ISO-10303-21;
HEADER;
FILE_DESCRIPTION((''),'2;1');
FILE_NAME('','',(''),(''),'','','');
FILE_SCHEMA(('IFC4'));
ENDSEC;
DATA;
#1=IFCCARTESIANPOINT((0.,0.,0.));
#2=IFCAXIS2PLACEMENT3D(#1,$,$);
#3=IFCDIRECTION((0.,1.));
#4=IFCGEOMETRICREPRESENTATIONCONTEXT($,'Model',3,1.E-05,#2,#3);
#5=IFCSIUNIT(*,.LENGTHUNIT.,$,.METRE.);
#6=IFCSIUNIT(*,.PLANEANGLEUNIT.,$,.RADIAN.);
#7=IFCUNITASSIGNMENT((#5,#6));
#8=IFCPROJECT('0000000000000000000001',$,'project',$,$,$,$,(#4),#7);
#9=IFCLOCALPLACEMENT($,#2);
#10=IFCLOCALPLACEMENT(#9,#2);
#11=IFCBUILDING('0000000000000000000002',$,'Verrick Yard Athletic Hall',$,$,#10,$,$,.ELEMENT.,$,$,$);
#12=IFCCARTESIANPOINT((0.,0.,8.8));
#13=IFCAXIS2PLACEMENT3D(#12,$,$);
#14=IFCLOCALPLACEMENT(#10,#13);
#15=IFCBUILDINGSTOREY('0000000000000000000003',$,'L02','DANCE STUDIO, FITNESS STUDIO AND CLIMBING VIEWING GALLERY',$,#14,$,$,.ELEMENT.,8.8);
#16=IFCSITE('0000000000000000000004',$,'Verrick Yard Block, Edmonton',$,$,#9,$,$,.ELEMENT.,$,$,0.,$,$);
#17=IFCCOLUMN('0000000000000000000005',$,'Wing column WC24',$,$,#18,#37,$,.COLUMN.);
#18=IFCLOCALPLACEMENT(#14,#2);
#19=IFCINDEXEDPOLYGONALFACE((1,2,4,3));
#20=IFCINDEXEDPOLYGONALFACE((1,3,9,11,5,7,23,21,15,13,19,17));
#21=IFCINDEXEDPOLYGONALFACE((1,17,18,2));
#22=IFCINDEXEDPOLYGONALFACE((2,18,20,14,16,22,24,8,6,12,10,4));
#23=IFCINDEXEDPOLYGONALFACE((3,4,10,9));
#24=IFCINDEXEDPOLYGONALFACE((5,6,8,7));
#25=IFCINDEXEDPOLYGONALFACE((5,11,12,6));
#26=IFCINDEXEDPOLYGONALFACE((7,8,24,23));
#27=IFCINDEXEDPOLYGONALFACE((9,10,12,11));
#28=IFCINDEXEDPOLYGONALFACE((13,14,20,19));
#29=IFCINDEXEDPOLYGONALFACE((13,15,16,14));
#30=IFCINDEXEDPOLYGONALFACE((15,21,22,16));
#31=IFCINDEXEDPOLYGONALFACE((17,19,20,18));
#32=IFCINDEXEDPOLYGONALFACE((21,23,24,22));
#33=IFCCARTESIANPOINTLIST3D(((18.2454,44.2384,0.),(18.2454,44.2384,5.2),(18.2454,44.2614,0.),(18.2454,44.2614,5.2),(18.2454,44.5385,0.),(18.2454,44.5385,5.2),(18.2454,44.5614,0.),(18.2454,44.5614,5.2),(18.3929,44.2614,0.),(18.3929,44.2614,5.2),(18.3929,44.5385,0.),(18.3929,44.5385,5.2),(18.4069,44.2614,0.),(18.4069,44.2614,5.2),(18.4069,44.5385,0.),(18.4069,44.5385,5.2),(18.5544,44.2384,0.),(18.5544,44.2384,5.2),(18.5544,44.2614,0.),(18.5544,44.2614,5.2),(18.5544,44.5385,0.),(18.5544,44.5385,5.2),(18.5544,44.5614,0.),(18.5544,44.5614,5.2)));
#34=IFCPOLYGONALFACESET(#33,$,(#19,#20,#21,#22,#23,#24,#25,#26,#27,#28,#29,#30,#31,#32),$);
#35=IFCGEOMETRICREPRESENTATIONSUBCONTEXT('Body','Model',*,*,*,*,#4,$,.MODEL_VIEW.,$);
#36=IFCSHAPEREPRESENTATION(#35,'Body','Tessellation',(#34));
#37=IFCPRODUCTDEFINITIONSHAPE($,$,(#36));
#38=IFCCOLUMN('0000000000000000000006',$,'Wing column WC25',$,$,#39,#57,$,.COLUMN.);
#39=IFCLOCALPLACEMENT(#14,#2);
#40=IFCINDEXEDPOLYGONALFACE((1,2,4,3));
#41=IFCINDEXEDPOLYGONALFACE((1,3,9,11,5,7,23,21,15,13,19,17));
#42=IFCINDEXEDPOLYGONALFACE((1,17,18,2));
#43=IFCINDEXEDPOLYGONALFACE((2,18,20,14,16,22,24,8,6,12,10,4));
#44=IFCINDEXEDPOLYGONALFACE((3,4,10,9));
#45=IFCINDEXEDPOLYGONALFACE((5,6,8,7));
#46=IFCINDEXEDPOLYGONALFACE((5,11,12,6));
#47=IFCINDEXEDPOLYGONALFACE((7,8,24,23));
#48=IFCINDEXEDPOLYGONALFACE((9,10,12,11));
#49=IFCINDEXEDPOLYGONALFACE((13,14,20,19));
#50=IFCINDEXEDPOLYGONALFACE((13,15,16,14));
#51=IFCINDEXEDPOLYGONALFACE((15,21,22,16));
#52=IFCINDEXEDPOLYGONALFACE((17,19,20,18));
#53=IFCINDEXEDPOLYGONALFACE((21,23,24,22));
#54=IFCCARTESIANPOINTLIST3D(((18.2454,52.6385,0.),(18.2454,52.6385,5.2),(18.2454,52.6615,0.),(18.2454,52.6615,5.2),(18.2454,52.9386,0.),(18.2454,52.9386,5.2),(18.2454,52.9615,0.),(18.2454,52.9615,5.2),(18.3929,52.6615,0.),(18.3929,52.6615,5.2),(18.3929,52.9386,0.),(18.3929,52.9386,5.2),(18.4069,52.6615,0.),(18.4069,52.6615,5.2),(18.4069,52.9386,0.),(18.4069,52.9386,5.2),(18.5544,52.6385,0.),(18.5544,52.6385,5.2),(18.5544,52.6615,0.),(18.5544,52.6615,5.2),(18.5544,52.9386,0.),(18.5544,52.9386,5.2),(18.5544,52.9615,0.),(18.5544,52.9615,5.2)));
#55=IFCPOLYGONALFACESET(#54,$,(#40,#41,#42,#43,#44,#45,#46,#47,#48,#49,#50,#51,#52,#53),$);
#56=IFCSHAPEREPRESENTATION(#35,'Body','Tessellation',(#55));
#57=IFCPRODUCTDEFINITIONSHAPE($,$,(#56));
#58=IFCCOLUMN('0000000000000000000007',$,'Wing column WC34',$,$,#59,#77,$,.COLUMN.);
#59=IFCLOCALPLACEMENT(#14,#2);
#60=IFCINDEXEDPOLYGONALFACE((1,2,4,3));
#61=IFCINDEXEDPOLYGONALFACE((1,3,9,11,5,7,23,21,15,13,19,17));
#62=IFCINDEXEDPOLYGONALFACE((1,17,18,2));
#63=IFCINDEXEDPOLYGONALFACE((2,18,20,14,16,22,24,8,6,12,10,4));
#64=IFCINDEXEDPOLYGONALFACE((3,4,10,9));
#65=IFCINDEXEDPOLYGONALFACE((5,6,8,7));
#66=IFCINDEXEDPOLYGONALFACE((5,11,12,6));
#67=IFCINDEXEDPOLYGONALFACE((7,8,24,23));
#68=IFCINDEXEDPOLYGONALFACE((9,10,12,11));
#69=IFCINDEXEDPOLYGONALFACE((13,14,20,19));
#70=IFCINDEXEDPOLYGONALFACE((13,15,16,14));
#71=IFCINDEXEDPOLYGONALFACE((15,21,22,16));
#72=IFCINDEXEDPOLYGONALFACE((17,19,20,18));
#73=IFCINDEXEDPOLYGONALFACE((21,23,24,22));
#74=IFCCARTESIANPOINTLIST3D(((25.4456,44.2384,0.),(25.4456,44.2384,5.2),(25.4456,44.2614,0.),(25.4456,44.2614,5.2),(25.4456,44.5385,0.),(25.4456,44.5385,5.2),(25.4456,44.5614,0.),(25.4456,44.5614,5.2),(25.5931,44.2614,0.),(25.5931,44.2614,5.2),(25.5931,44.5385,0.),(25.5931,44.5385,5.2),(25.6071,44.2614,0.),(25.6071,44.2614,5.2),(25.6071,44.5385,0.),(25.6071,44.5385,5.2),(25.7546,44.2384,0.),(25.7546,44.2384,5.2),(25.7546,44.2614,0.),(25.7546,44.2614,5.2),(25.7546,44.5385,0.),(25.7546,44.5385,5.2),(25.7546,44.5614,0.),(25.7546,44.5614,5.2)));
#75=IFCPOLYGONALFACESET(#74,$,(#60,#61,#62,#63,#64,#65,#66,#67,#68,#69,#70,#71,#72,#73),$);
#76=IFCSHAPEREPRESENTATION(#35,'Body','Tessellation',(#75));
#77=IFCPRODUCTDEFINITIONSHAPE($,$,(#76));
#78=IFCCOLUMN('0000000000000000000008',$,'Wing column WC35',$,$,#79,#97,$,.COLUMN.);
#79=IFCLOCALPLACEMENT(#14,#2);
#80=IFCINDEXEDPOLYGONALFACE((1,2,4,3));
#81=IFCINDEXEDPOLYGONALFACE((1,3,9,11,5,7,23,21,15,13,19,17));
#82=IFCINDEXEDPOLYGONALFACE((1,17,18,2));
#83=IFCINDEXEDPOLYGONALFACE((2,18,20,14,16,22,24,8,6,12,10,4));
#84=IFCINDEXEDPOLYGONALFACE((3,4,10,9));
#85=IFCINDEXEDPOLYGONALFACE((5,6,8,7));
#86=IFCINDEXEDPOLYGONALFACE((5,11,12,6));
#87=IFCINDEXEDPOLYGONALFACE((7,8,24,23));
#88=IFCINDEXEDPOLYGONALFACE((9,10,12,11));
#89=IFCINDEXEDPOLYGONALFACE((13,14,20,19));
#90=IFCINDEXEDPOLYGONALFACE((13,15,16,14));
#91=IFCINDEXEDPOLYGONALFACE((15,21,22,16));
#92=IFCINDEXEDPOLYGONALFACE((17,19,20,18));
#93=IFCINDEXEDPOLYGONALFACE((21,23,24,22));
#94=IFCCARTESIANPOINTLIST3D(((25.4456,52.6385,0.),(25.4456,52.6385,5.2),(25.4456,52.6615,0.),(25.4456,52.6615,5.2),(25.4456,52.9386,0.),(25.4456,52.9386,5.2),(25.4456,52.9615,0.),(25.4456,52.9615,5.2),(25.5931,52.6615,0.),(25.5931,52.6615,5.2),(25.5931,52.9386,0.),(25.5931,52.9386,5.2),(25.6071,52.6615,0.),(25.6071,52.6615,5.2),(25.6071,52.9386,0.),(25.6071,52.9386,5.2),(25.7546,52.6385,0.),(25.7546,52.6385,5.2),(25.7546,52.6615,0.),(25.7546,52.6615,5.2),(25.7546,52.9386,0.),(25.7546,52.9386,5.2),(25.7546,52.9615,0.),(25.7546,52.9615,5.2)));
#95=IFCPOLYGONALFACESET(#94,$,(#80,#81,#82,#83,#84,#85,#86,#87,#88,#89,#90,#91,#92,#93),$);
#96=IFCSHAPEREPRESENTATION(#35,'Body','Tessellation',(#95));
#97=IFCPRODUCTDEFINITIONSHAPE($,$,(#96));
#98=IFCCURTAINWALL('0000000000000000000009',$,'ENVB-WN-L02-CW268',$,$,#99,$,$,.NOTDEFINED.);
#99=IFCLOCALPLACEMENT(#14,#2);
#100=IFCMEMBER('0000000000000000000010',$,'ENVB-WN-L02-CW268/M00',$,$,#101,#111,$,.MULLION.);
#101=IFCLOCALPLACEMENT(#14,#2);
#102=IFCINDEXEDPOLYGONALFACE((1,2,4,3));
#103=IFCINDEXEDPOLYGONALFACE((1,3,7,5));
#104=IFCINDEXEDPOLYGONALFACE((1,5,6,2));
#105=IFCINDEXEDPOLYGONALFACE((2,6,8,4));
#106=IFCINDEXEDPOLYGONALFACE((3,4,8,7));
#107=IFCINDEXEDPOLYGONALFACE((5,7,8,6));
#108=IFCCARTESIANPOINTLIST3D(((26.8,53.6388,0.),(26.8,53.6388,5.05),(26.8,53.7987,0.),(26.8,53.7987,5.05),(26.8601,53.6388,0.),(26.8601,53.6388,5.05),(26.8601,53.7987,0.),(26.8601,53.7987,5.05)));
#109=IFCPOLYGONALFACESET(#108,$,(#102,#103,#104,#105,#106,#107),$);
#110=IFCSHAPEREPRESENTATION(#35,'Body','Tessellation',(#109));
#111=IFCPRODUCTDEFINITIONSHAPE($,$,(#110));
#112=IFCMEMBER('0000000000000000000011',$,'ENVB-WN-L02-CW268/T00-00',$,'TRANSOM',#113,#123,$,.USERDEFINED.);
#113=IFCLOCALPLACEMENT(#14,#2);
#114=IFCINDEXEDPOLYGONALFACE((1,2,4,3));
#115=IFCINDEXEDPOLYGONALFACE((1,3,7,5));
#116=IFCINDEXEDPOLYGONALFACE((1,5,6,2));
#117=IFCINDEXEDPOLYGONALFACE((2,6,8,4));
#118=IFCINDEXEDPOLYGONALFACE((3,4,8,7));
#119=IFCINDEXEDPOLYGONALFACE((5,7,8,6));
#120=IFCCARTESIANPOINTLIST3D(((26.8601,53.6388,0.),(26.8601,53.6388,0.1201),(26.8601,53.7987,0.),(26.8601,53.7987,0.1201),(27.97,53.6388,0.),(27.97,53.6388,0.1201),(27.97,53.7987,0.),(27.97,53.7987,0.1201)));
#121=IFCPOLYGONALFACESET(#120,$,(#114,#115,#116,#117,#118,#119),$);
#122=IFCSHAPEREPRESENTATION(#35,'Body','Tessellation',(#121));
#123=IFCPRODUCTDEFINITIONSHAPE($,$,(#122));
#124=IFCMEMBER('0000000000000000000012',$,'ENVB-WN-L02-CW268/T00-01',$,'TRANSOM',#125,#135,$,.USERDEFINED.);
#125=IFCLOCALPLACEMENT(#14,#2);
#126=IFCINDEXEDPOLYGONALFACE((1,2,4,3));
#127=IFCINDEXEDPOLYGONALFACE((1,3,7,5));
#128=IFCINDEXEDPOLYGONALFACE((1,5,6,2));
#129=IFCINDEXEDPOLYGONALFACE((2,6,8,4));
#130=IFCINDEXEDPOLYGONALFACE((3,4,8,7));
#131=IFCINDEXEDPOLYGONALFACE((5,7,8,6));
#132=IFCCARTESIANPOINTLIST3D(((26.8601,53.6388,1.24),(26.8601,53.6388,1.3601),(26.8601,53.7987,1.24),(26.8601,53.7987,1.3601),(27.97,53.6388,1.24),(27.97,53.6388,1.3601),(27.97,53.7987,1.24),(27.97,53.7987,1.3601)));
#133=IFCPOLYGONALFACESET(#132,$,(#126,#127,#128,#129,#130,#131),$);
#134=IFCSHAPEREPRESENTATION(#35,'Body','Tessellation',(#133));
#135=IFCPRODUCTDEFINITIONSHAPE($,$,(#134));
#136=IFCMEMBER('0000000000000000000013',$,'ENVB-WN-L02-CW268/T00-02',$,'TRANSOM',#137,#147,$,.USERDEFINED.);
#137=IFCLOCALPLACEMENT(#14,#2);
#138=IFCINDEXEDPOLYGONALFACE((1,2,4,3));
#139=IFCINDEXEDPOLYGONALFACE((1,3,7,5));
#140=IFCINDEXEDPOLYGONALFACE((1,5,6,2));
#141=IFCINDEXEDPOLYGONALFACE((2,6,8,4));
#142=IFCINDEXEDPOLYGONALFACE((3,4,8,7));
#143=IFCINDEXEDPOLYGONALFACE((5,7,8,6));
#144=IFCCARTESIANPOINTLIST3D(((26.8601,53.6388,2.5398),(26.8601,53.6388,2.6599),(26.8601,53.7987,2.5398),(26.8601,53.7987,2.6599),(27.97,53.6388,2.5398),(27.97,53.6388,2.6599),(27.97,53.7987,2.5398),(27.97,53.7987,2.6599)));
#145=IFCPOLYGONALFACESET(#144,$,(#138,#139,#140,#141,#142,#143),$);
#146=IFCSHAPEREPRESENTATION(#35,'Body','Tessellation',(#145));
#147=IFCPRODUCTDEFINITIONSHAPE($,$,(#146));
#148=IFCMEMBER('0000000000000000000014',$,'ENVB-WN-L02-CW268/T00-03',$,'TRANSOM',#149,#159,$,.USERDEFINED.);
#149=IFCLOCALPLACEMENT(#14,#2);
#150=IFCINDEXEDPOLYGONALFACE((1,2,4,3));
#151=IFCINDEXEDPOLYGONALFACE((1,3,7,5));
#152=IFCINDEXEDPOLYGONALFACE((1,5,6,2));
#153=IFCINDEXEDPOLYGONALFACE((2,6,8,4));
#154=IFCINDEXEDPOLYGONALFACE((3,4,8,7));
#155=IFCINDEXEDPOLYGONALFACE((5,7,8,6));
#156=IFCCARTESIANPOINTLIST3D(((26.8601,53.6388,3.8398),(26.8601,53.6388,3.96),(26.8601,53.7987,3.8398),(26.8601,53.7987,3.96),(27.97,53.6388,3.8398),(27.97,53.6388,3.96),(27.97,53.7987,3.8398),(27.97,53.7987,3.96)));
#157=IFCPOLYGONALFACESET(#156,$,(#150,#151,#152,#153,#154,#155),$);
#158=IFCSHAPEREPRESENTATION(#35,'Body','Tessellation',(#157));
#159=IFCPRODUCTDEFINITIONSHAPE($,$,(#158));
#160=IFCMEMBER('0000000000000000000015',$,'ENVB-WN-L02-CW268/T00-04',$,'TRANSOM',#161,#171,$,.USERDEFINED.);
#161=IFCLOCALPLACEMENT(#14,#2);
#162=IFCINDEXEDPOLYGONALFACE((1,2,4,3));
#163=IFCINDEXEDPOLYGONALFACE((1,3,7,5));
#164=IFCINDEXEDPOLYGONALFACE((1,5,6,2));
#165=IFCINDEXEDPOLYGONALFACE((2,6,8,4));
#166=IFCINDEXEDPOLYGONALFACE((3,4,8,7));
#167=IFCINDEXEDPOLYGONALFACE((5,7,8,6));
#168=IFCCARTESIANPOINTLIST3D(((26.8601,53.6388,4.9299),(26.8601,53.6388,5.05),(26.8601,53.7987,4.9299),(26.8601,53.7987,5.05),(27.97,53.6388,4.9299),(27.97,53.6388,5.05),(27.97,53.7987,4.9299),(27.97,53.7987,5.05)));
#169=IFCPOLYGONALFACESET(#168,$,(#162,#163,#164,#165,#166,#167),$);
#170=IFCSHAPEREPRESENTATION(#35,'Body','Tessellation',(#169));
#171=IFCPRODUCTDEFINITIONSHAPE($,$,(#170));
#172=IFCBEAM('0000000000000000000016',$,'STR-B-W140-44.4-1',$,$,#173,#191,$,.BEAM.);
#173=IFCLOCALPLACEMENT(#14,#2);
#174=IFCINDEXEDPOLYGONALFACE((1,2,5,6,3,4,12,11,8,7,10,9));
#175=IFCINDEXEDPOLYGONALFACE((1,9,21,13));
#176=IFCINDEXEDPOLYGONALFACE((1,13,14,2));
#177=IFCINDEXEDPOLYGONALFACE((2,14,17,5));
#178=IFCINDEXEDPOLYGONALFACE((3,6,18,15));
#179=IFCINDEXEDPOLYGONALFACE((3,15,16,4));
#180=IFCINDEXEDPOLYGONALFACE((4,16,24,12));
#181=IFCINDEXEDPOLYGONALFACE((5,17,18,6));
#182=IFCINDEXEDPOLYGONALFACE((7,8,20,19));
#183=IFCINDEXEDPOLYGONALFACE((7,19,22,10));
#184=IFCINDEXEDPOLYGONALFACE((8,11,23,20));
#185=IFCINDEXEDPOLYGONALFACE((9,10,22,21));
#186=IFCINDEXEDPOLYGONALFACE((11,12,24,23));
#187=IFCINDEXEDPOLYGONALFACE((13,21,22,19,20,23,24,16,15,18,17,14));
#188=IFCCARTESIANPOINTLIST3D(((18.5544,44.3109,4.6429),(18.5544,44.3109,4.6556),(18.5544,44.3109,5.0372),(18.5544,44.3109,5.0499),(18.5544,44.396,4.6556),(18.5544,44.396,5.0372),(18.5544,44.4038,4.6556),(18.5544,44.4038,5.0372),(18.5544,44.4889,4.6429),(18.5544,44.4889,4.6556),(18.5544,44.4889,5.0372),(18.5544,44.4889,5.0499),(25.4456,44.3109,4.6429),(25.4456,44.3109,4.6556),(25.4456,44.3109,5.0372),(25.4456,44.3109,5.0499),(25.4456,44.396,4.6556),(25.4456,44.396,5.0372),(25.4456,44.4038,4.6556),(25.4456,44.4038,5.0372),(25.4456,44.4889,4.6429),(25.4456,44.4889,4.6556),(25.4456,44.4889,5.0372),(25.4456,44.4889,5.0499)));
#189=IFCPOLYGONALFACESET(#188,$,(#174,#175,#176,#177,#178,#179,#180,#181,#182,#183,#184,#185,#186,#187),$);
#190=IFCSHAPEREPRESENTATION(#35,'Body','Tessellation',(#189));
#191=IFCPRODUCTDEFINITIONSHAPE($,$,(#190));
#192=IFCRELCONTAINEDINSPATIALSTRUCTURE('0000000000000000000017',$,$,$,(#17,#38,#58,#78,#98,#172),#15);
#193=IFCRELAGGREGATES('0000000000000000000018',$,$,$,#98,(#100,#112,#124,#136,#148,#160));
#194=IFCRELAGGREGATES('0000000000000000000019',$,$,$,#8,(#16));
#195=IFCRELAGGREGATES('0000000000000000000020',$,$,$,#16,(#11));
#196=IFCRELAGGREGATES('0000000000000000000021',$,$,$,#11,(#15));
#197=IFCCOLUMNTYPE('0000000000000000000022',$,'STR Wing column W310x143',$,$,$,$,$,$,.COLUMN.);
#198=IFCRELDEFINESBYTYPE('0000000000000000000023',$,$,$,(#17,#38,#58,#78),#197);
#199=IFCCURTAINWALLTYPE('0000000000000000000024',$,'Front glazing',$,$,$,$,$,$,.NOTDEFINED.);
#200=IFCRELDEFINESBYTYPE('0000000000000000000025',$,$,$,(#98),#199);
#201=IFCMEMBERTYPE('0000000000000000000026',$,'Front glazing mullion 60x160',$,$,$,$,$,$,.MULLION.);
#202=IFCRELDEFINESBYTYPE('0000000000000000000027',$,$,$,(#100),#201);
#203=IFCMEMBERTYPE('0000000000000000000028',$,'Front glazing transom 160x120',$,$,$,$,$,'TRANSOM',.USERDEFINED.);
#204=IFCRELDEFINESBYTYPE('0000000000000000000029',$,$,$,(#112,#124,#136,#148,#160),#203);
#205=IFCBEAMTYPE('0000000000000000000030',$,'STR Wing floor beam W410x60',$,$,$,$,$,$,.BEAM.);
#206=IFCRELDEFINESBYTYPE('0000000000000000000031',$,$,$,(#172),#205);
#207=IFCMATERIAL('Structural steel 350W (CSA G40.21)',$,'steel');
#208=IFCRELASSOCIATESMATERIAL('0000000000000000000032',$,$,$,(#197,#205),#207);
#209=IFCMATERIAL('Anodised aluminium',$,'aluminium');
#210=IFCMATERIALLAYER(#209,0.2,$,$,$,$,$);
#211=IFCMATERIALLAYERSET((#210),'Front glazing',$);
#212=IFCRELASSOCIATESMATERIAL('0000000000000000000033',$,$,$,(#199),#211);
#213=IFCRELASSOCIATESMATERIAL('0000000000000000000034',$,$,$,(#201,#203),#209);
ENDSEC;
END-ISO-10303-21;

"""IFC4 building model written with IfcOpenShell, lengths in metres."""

from ifc_helpers import new_model, si_unit, direction, frame, origin, origin_2d, place, context, subcontext, project, spatial, rectangle, i_section, extrude, material, layer, layer_set, material_profile, profile_set, type_object, element, aggregate, save


model = new_model("IFC4")

# Units and contexts
model_context = context("Model", 3, precision=1e-05, world=origin(), true_north=direction((0.0, 1.0)))
body_context = subcontext(model_context, "Body", "Model", "MODEL_VIEW")
ifc_project = project(units=[si_unit("LENGTHUNIT", "METRE"), si_unit("PLANEANGLEUNIT", "RADIAN")], contexts=[model_context])

# Site, building, storey
site_placement = place(None, origin())
site = spatial("IfcSite", under=ifc_project, at=site_placement, Name="Verrick Yard Block, Edmonton", CompositionType="ELEMENT", RefElevation=0.0)
building_placement = place(site_placement, origin())
building = spatial("IfcBuilding", under=site, at=building_placement, Name="Verrick Yard Athletic Hall", CompositionType="ELEMENT")
storey_placement = place(building_placement, frame((0.0, 0.0, 8.8)))
storey = spatial("IfcBuildingStorey", under=building, at=storey_placement, Name="L02", Description="DANCE STUDIO, FITNESS STUDIO AND CLIMBING VIEWING GALLERY", CompositionType="ELEMENT", Elevation=8.8)

# Columns
ifc_material_1 = material(Name="Structural steel 350W (CSA G40.21)", Category="steel")
ifc_material_profile_1 = material_profile(ifc_material_1, i_section(OverallWidth=0.3091, OverallDepth=0.323, WebThickness=0.0139, FlangeThickness=0.0229, at=origin_2d()), Name="W310x143")
ifc_profile_set_1 = profile_set([ifc_material_profile_1], Name="Structural steel 350W (CSA G40.21)")
column_type = type_object("IfcColumnType", Name="STR Wing column W310x143", PredefinedType="COLUMN", material=ifc_profile_set_1)
for number, where, z_axis, x_axis, name in (
    (1, (18.3999, 44.3999, 0.0), (0.0, 0.0, 1.0), (1.0, 0.0, 0.0), "Wing column WC24"),
    (2, (18.3999, 52.8, 0.0), (0.0, 0.0, 1.0), (1.0, 0.0, 0.0), "Wing column WC25"),
    (3, (25.6001, 44.3999, 0.0), (0.0, 0.0, 1.0), (1.0, 0.0, 0.0), "Wing column WC34"),
    (4, (25.6001, 52.8, 0.0), (0.0, 0.0, 1.0), (1.0, 0.0, 0.0), "Wing column WC35"),
):
    element("IfcColumn", number, at=place(storey_placement, frame(where, z_axis=z_axis, x_axis=x_axis)), inside=storey, type_object=column_type, Name=name, PredefinedType="COLUMN", context=body_context, shape_type="SweptSolid", body=[
        extrude(i_section(OverallWidth=0.3091, OverallDepth=0.323, WebThickness=0.0139, FlangeThickness=0.0229, at=origin_2d()), origin(), (0.0, 0.0, 1.0), 5.2),
    ])

# Curtain wall, members
ifc_material_2 = material(Name="Anodised aluminium", Category="aluminium")
ifc_layer_1 = layer(ifc_material_2, 0.2)
ifc_layer_set_1 = layer_set([ifc_layer_1], Name="Front glazing")
curtain_wall_type = type_object("IfcCurtainWallType", Name="Front glazing", PredefinedType="NOTDEFINED", material=ifc_layer_set_1)
curtain_wall_placement = place(storey_placement, origin())
curtain_wall = element("IfcCurtainWall", 5, at=curtain_wall_placement, inside=storey, type_object=curtain_wall_type, Name="ENVB-WN-L02-CW268", PredefinedType="NOTDEFINED")
ifc_material_profile_2 = material_profile(ifc_material_2, rectangle(XDim=0.1599, YDim=0.0601, at=origin_2d()), Name="CW mullion 60x160")
ifc_profile_set_2 = profile_set([ifc_material_profile_2], Name="Anodised aluminium")
member_type_1 = type_object("IfcMemberType", Name="Front glazing mullion 60x160", PredefinedType="MULLION", material=ifc_profile_set_2)
member_1_placement = place(storey_placement, frame((26.8301, 53.7188, 0.0), z_axis=(0.0, 0.0, 1.0), x_axis=(0.0, 1.0, 0.0)))
member_1 = element("IfcMember", 6, at=member_1_placement, type_object=member_type_1, Name="ENVB-WN-L02-CW268/M00", PredefinedType="MULLION", context=body_context, shape_type="SweptSolid", body=[
    extrude(rectangle(XDim=0.1599, YDim=0.0601, at=origin_2d()), origin(), (0.0, 0.0, 1.0), 5.05),
])
ifc_material_profile_3 = material_profile(ifc_material_2, rectangle(XDim=0.1599, YDim=0.1201, at=origin_2d()), Name="CW transom 160x120")
ifc_profile_set_3 = profile_set([ifc_material_profile_3], Name="Anodised aluminium")
member_type_2 = type_object("IfcMemberType", Name="Front glazing transom 160x120", ElementType="TRANSOM", PredefinedType="USERDEFINED", material=ifc_profile_set_3)
member_2_placement = place(storey_placement, frame((26.8601, 53.7188, 0.0601), z_axis=(1.0, 0.0, 0.0), x_axis=(0.0, 1.0, 0.0)))
member_2 = element("IfcMember", 7, at=member_2_placement, type_object=member_type_2, Name="ENVB-WN-L02-CW268/T00-00", ObjectType="TRANSOM", PredefinedType="USERDEFINED", context=body_context, shape_type="SweptSolid", body=[
    extrude(rectangle(XDim=0.1599, YDim=0.1201, at=origin_2d()), origin(), (0.0, 0.0, 1.0), 1.1099),
])
member_3_placement = place(storey_placement, frame((26.8601, 53.7188, 1.3), z_axis=(1.0, 0.0, 0.0), x_axis=(0.0, 1.0, 0.0)))
member_3 = element("IfcMember", 8, at=member_3_placement, type_object=member_type_2, Name="ENVB-WN-L02-CW268/T00-01", ObjectType="TRANSOM", PredefinedType="USERDEFINED", context=body_context, shape_type="SweptSolid", body=[
    extrude(rectangle(XDim=0.1599, YDim=0.1201, at=origin_2d()), origin(), (0.0, 0.0, 1.0), 1.1099),
])
member_4_placement = place(storey_placement, frame((26.8601, 53.7188, 2.5999), z_axis=(1.0, 0.0, 0.0), x_axis=(0.0, 1.0, 0.0)))
member_4 = element("IfcMember", 9, at=member_4_placement, type_object=member_type_2, Name="ENVB-WN-L02-CW268/T00-02", ObjectType="TRANSOM", PredefinedType="USERDEFINED", context=body_context, shape_type="SweptSolid", body=[
    extrude(rectangle(XDim=0.1599, YDim=0.1201, at=origin_2d()), origin(), (0.0, 0.0, 1.0), 1.1099),
])
member_5_placement = place(storey_placement, frame((26.8601, 53.7188, 3.8999), z_axis=(1.0, 0.0, 0.0), x_axis=(0.0, 1.0, 0.0)))
member_5 = element("IfcMember", 10, at=member_5_placement, type_object=member_type_2, Name="ENVB-WN-L02-CW268/T00-03", ObjectType="TRANSOM", PredefinedType="USERDEFINED", context=body_context, shape_type="SweptSolid", body=[
    extrude(rectangle(XDim=0.1599, YDim=0.1201, at=origin_2d()), origin(), (0.0, 0.0, 1.0), 1.1099),
])
member_6_placement = place(storey_placement, frame((26.8601, 53.7188, 4.99), z_axis=(1.0, 0.0, 0.0), x_axis=(0.0, 1.0, 0.0)))
member_6 = element("IfcMember", 11, at=member_6_placement, type_object=member_type_2, Name="ENVB-WN-L02-CW268/T00-04", ObjectType="TRANSOM", PredefinedType="USERDEFINED", context=body_context, shape_type="SweptSolid", body=[
    extrude(rectangle(XDim=0.1599, YDim=0.1201, at=origin_2d()), origin(), (0.0, 0.0, 1.0), 1.1099),
])

# Beam
ifc_material_profile_4 = material_profile(ifc_material_1, i_section(OverallWidth=0.178, OverallDepth=0.407, WebThickness=0.0078, FlangeThickness=0.0127, at=origin_2d()), Name="W410x60")
ifc_profile_set_4 = profile_set([ifc_material_profile_4], Name="Structural steel 350W (CSA G40.21)")
beam_type_1 = type_object("IfcBeamType", Name="STR Wing floor beam W410x60", PredefinedType="BEAM", material=ifc_profile_set_4)
for number, where, z_axis, x_axis, name in (
    (12, (18.5544, 44.3999, 4.8464), (1.0, 0.0, 0.0), (0.0, 1.0, 0.0), "STR-B-W140-44.4-1"),
):
    element("IfcBeam", number, at=place(storey_placement, frame(where, z_axis=z_axis, x_axis=x_axis)), inside=storey, type_object=beam_type_1, Name=name, PredefinedType="BEAM", context=body_context, shape_type="SweptSolid", body=[
        extrude(i_section(OverallWidth=0.178, OverallDepth=0.407, WebThickness=0.0078, FlangeThickness=0.0127, at=origin_2d()), origin(), (0.0, 0.0, 1.0), 6.8911),
    ])

aggregate(curtain_wall, [member_1, member_2, member_3, member_4, member_5, member_6])

save(model, "model.ifc")
